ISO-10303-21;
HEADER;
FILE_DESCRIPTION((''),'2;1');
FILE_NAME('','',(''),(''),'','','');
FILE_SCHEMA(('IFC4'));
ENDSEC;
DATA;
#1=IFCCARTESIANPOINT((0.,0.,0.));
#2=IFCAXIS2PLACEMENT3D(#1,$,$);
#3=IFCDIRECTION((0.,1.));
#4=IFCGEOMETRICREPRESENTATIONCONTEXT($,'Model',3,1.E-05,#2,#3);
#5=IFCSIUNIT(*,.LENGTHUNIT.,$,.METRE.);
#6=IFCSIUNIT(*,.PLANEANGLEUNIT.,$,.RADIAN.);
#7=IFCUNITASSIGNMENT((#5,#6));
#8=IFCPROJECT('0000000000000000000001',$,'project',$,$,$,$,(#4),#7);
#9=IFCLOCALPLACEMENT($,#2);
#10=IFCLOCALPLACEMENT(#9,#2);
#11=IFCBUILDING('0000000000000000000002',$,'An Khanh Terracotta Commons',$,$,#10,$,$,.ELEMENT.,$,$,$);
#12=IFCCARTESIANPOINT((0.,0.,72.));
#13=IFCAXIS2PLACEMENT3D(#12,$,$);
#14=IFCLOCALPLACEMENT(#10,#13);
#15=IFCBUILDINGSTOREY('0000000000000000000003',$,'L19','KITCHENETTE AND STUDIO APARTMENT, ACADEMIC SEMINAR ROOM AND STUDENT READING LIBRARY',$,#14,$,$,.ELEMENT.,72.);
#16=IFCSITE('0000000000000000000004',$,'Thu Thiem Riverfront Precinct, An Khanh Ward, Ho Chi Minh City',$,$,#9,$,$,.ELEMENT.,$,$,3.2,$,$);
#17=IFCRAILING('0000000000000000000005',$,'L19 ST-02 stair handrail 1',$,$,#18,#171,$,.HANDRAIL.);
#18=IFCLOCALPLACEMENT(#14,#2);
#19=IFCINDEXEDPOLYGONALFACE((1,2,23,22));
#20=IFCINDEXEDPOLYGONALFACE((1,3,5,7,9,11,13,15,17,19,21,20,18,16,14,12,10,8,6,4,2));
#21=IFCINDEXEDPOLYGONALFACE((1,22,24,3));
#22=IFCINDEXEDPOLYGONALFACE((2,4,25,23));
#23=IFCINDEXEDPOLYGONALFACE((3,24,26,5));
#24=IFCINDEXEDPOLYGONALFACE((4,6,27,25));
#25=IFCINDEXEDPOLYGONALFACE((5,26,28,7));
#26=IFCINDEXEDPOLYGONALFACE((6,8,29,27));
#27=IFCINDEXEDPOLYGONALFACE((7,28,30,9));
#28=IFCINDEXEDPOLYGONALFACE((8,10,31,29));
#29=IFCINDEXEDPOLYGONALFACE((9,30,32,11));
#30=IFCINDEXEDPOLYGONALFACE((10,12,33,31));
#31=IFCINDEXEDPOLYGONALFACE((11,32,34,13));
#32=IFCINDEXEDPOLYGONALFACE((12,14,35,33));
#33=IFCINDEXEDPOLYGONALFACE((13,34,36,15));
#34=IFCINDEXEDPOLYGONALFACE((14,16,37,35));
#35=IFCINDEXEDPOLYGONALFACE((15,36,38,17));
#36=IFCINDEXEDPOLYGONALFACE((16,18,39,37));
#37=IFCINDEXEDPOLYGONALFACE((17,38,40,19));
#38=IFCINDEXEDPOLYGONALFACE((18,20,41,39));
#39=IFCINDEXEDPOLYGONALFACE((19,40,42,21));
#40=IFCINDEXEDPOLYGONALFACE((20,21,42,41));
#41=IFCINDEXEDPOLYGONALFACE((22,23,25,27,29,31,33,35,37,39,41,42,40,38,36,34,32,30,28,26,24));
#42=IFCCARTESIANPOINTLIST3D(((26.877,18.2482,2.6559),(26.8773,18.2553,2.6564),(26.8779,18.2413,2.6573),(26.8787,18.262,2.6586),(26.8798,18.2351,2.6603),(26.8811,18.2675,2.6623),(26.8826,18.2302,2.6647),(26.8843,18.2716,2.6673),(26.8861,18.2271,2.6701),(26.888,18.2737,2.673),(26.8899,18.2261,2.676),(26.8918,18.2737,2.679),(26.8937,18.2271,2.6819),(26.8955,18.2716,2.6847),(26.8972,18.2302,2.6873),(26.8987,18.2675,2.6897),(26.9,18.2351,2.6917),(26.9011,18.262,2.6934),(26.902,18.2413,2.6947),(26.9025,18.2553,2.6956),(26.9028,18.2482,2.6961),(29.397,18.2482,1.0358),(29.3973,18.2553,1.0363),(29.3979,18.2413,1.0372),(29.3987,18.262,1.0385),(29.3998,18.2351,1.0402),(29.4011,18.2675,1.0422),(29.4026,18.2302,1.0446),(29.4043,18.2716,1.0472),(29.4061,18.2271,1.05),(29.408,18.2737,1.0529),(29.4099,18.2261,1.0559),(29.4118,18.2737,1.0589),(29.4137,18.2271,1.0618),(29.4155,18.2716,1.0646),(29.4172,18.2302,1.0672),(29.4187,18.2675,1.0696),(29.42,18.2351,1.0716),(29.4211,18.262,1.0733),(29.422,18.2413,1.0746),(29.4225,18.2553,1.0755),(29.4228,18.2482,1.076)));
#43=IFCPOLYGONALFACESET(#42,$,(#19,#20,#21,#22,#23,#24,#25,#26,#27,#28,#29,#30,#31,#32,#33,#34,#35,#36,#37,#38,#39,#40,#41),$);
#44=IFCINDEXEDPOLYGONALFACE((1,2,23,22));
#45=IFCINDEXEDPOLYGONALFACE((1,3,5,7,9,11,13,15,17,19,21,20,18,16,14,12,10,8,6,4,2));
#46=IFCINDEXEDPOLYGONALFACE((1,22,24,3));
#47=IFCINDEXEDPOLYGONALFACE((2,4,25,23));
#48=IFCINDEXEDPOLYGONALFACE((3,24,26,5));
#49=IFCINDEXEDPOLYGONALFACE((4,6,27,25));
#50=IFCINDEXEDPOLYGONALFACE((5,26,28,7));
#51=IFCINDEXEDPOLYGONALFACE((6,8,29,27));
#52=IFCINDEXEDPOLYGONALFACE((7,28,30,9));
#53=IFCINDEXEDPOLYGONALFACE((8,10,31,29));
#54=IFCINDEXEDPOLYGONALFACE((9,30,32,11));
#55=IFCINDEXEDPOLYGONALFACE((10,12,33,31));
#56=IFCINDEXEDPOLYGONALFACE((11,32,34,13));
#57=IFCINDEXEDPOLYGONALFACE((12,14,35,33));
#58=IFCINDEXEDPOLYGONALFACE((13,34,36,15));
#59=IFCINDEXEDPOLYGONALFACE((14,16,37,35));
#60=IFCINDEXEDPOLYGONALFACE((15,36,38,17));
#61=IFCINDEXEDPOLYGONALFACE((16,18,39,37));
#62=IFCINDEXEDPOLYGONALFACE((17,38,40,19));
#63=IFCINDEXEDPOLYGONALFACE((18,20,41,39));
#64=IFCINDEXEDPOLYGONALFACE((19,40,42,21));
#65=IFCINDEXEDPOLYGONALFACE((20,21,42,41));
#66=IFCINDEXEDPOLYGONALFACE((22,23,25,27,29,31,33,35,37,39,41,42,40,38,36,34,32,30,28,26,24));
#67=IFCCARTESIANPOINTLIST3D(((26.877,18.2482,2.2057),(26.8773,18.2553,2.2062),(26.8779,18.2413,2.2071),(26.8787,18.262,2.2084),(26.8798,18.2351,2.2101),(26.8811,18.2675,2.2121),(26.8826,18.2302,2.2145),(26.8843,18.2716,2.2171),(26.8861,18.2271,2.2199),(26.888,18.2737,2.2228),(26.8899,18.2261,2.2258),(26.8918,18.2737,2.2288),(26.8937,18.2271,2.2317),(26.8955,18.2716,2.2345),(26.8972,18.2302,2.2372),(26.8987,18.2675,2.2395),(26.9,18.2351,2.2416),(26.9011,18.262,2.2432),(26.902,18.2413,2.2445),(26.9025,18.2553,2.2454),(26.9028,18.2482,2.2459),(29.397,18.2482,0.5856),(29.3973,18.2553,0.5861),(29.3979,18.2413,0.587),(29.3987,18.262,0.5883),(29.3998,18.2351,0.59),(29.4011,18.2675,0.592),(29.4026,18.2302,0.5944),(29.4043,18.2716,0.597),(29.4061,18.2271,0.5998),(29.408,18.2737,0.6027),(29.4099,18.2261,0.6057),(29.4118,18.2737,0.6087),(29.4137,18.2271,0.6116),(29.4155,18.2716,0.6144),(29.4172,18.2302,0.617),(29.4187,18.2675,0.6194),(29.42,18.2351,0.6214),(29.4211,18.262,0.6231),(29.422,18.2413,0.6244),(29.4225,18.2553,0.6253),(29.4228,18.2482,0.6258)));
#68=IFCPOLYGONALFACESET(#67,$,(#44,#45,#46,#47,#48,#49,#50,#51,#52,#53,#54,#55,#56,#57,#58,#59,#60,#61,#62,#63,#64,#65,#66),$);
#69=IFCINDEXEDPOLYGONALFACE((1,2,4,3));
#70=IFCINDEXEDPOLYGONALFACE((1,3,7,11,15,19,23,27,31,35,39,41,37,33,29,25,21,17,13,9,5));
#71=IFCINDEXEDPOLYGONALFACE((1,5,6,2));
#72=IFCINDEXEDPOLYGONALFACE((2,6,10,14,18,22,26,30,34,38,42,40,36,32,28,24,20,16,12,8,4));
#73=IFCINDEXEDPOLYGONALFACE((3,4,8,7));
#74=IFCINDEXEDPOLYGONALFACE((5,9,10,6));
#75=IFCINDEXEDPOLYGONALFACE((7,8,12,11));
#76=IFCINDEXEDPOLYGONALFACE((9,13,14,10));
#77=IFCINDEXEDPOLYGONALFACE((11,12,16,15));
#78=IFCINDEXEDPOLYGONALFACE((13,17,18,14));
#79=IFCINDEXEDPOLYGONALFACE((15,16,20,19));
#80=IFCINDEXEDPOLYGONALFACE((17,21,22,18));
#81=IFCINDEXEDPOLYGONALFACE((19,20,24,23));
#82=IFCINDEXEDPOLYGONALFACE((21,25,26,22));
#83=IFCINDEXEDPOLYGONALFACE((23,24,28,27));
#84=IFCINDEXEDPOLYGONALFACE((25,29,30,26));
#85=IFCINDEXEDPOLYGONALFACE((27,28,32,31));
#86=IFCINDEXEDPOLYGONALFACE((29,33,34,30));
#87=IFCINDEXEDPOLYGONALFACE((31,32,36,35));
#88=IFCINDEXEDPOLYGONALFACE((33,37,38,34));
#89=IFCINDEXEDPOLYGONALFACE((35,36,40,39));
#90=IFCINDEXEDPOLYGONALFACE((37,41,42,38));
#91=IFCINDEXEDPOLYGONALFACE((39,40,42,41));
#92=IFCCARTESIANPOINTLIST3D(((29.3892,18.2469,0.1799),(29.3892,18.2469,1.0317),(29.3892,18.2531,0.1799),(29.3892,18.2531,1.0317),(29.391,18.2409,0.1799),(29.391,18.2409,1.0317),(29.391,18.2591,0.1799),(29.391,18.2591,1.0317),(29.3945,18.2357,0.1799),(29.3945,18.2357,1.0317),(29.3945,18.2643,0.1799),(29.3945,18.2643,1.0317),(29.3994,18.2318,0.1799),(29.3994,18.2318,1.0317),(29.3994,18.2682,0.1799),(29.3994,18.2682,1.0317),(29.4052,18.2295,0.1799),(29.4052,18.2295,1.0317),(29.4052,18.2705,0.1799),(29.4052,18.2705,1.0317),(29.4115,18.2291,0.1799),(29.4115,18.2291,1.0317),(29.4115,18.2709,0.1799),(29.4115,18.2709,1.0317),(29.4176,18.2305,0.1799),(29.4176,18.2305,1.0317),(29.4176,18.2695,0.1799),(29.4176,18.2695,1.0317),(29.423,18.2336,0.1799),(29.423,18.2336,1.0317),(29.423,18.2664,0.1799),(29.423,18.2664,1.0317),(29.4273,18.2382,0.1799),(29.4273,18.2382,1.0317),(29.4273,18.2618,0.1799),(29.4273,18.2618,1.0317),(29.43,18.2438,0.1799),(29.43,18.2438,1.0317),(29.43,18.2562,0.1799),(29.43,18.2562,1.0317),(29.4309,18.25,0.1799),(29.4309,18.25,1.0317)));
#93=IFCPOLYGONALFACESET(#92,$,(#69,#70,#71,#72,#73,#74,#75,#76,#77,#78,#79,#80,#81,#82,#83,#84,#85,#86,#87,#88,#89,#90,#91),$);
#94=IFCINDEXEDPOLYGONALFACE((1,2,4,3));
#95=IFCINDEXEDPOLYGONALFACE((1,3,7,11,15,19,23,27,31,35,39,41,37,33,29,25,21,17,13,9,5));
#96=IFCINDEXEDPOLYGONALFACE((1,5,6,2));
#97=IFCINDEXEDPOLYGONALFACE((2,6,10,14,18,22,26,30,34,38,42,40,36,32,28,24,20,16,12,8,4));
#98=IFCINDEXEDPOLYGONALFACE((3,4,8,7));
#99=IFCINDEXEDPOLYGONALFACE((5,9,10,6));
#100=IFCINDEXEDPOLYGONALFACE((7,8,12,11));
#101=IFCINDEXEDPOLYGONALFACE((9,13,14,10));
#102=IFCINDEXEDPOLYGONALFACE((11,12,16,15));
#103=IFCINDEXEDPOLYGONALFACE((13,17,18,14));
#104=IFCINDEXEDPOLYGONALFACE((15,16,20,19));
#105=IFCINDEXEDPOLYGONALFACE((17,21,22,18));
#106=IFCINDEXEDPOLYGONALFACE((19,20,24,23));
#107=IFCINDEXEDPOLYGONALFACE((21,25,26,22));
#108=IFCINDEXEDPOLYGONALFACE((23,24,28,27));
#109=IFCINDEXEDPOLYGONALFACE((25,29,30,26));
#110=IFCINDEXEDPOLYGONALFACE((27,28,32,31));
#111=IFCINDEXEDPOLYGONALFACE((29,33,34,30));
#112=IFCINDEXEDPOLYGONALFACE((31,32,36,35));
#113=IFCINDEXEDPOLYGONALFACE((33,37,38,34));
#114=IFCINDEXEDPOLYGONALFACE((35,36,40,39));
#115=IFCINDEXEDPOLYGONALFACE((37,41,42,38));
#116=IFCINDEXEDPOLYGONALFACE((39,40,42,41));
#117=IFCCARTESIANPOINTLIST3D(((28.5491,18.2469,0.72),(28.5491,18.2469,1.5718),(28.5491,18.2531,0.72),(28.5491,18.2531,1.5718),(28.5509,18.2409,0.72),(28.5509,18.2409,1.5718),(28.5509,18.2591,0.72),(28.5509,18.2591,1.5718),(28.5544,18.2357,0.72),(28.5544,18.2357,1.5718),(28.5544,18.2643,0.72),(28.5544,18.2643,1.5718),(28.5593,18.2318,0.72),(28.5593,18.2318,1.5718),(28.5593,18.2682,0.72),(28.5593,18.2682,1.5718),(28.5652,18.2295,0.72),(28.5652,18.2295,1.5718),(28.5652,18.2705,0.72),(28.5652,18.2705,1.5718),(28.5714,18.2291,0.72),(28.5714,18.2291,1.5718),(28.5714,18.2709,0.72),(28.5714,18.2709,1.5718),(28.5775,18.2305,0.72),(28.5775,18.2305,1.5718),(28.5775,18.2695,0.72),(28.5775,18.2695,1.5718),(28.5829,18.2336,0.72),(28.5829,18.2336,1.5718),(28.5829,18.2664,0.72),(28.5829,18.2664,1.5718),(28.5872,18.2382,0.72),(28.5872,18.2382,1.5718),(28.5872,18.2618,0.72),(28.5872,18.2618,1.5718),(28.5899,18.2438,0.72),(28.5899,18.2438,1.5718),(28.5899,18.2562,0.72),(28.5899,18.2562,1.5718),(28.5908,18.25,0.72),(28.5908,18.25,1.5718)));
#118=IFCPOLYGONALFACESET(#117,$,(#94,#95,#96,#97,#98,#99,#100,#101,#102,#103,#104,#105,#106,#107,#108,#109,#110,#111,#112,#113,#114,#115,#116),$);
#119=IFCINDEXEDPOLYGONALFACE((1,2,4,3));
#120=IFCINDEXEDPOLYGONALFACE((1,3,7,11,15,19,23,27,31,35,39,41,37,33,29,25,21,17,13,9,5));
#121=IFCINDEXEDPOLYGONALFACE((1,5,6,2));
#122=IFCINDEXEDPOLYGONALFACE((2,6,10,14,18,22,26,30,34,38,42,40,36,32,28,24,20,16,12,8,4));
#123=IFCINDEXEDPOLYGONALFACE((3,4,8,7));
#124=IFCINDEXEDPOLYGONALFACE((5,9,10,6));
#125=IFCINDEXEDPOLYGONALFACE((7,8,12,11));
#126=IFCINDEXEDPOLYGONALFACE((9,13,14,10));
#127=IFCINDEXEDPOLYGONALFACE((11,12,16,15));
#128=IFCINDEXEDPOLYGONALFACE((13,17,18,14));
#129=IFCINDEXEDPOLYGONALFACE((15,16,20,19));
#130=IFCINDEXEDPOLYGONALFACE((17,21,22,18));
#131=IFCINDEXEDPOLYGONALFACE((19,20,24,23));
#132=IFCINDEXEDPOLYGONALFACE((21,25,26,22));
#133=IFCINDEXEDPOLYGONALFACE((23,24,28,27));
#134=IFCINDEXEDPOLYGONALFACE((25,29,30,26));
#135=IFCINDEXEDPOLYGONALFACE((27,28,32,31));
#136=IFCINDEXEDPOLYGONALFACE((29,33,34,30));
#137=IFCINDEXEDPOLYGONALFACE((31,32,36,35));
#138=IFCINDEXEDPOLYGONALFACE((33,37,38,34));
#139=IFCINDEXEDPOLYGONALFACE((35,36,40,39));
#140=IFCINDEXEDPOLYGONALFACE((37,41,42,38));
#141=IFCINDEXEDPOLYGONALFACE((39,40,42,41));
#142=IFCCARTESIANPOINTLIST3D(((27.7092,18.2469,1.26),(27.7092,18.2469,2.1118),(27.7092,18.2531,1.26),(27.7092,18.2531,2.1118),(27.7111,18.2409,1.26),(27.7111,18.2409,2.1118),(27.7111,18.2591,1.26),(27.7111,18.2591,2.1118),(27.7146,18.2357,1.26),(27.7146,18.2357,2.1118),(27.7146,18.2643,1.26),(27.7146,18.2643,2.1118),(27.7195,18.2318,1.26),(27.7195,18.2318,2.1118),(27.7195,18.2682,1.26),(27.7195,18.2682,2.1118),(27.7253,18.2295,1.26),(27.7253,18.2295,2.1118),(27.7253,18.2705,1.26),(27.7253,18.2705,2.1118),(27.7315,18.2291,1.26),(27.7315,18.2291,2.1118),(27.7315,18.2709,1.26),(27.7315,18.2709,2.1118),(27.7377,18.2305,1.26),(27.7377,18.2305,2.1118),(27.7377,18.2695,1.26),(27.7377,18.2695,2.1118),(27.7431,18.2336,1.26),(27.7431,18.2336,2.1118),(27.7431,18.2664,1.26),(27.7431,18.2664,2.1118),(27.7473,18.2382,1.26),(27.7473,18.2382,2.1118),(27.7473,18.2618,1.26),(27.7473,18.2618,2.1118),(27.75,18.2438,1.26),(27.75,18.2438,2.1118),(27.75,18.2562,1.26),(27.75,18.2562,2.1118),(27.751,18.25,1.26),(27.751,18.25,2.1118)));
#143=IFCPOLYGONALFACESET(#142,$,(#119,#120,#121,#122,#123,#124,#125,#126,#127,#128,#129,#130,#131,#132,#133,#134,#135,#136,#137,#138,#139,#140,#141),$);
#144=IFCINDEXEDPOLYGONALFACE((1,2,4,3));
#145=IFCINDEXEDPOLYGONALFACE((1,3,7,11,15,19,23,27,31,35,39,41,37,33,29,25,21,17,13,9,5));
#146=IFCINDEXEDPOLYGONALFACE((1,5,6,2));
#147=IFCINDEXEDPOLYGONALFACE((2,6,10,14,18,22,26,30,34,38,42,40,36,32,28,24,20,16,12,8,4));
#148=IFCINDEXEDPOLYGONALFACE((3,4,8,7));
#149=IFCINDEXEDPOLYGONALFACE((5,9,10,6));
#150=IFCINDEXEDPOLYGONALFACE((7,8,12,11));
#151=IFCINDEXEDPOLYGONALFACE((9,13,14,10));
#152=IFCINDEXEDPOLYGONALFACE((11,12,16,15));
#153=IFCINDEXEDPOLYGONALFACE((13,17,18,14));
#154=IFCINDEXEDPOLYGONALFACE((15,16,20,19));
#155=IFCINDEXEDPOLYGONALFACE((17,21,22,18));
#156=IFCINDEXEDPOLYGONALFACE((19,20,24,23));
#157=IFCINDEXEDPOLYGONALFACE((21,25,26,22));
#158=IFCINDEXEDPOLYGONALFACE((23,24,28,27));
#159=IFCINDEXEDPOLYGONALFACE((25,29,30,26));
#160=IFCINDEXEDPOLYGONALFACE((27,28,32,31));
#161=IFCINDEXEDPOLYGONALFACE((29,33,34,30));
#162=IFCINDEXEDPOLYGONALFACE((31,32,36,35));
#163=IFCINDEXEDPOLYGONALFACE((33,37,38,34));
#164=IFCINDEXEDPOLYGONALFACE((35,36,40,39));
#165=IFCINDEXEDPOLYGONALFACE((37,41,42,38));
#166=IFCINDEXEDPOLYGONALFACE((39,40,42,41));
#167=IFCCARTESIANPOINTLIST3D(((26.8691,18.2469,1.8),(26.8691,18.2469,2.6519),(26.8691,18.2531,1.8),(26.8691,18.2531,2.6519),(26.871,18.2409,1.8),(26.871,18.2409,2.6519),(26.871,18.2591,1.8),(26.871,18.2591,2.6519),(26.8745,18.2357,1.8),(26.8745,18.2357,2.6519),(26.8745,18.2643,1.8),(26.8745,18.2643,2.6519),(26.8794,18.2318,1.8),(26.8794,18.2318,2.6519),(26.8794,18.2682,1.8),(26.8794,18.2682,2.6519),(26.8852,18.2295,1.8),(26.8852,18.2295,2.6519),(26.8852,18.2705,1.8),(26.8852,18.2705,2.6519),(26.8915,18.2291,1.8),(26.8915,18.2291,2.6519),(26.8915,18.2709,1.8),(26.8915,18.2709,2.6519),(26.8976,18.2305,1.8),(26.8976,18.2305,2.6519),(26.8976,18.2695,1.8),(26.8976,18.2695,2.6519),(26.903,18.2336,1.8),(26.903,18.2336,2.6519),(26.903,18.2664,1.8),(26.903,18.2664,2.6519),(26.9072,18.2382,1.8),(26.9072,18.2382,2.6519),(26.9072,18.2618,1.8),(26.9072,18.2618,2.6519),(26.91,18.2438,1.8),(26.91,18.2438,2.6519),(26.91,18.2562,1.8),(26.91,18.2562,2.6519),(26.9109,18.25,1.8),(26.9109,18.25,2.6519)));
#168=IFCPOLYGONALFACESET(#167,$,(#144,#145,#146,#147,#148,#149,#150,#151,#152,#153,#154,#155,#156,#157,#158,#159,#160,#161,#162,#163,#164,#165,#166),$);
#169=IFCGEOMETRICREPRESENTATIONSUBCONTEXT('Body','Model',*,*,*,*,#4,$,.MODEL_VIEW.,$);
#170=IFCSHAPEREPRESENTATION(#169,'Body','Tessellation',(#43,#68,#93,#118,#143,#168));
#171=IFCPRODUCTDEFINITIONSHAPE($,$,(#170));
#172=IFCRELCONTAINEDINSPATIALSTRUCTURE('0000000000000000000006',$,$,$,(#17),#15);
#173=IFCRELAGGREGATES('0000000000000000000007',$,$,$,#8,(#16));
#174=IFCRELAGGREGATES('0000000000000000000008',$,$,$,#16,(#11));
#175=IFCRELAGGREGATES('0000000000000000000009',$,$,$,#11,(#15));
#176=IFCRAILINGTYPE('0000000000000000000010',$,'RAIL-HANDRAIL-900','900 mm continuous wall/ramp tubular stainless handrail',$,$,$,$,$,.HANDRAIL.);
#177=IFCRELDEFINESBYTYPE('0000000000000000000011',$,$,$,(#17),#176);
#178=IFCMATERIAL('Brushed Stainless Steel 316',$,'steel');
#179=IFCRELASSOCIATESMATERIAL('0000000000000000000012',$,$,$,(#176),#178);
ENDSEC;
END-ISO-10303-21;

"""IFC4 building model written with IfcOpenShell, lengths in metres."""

from ifc_helpers import new_model, si_unit, direction, frame, origin, origin_2d, place, context, subcontext, project, spatial, circle, extrude, material, type_object, element, save


model = new_model("IFC4")

# Units and contexts
model_context = context("Model", 3, precision=1e-05, world=origin(), true_north=direction((0.0, 1.0)))
body_context = subcontext(model_context, "Body", "Model", "MODEL_VIEW")
ifc_project = project(units=[si_unit("LENGTHUNIT", "METRE"), si_unit("PLANEANGLEUNIT", "RADIAN")], contexts=[model_context])

# Site, building, storey
site_placement = place(None, origin())
site = spatial("IfcSite", under=ifc_project, at=site_placement, Name="Thu Thiem Riverfront Precinct, An Khanh Ward, Ho Chi Minh City", CompositionType="ELEMENT", RefElevation=3.2)
building_placement = place(site_placement, origin())
building = spatial("IfcBuilding", under=site, at=building_placement, Name="An Khanh Terracotta Commons", CompositionType="ELEMENT")
storey_placement = place(building_placement, frame((0.0, 0.0, 72.0)))
storey = spatial("IfcBuildingStorey", under=building, at=storey_placement, Name="L19", Description="KITCHENETTE AND STUDIO APARTMENT, ACADEMIC SEMINAR ROOM AND STUDENT READING LIBRARY", CompositionType="ELEMENT", Elevation=72.0)

# Railing
ifc_material_1 = material(Name="Brushed Stainless Steel 316", Category="steel")
railing_type_1 = type_object("IfcRailingType", Name="RAIL-HANDRAIL-900", Description="900 mm continuous wall/ramp tubular stainless handrail", PredefinedType="HANDRAIL", material=ifc_material_1)
railing_1_placement = place(storey_placement, frame((29.4099, 18.25, 0.1799)))
element("IfcRailing", 1, at=railing_1_placement, inside=storey, type_object=railing_type_1, Name="L19 ST-02 stair handrail 1", PredefinedType="HANDRAIL", context=body_context, shape_type="SweptSolid", body=[
    extrude(circle(Radius=0.0239, at=origin_2d()), frame((0.0, 0.0, 0.876), z_axis=(-0.841163, 0.0, 0.540782), x_axis=(0.0, -1.0, 0.0)), (0.0, 0.0, 1.0), 2.9958),
    extrude(circle(Radius=0.0239, at=origin_2d()), frame((0.0, 0.0, 0.4258), z_axis=(-0.841163, 0.0, 0.540782), x_axis=(0.0, -1.0, 0.0)), (0.0, 0.0, 1.0), 2.9958),
    extrude(circle(Radius=0.021, at=origin_2d()), origin(), (0.0, 0.0, 1.0), 0.8518),
    extrude(circle(Radius=0.021, at=origin_2d()), frame((-0.8401, 0.0, 0.54)), (0.0, 0.0, 1.0), 0.8518),
    extrude(circle(Radius=0.021, at=origin_2d()), frame((-1.6799, 0.0, 1.0801)), (0.0, 0.0, 1.0), 0.8518),
    extrude(circle(Radius=0.021, at=origin_2d()), frame((-2.52, 0.0, 1.6201)), (0.0, 0.0, 1.0), 0.8518),
])

save(model, "model.ifc")
